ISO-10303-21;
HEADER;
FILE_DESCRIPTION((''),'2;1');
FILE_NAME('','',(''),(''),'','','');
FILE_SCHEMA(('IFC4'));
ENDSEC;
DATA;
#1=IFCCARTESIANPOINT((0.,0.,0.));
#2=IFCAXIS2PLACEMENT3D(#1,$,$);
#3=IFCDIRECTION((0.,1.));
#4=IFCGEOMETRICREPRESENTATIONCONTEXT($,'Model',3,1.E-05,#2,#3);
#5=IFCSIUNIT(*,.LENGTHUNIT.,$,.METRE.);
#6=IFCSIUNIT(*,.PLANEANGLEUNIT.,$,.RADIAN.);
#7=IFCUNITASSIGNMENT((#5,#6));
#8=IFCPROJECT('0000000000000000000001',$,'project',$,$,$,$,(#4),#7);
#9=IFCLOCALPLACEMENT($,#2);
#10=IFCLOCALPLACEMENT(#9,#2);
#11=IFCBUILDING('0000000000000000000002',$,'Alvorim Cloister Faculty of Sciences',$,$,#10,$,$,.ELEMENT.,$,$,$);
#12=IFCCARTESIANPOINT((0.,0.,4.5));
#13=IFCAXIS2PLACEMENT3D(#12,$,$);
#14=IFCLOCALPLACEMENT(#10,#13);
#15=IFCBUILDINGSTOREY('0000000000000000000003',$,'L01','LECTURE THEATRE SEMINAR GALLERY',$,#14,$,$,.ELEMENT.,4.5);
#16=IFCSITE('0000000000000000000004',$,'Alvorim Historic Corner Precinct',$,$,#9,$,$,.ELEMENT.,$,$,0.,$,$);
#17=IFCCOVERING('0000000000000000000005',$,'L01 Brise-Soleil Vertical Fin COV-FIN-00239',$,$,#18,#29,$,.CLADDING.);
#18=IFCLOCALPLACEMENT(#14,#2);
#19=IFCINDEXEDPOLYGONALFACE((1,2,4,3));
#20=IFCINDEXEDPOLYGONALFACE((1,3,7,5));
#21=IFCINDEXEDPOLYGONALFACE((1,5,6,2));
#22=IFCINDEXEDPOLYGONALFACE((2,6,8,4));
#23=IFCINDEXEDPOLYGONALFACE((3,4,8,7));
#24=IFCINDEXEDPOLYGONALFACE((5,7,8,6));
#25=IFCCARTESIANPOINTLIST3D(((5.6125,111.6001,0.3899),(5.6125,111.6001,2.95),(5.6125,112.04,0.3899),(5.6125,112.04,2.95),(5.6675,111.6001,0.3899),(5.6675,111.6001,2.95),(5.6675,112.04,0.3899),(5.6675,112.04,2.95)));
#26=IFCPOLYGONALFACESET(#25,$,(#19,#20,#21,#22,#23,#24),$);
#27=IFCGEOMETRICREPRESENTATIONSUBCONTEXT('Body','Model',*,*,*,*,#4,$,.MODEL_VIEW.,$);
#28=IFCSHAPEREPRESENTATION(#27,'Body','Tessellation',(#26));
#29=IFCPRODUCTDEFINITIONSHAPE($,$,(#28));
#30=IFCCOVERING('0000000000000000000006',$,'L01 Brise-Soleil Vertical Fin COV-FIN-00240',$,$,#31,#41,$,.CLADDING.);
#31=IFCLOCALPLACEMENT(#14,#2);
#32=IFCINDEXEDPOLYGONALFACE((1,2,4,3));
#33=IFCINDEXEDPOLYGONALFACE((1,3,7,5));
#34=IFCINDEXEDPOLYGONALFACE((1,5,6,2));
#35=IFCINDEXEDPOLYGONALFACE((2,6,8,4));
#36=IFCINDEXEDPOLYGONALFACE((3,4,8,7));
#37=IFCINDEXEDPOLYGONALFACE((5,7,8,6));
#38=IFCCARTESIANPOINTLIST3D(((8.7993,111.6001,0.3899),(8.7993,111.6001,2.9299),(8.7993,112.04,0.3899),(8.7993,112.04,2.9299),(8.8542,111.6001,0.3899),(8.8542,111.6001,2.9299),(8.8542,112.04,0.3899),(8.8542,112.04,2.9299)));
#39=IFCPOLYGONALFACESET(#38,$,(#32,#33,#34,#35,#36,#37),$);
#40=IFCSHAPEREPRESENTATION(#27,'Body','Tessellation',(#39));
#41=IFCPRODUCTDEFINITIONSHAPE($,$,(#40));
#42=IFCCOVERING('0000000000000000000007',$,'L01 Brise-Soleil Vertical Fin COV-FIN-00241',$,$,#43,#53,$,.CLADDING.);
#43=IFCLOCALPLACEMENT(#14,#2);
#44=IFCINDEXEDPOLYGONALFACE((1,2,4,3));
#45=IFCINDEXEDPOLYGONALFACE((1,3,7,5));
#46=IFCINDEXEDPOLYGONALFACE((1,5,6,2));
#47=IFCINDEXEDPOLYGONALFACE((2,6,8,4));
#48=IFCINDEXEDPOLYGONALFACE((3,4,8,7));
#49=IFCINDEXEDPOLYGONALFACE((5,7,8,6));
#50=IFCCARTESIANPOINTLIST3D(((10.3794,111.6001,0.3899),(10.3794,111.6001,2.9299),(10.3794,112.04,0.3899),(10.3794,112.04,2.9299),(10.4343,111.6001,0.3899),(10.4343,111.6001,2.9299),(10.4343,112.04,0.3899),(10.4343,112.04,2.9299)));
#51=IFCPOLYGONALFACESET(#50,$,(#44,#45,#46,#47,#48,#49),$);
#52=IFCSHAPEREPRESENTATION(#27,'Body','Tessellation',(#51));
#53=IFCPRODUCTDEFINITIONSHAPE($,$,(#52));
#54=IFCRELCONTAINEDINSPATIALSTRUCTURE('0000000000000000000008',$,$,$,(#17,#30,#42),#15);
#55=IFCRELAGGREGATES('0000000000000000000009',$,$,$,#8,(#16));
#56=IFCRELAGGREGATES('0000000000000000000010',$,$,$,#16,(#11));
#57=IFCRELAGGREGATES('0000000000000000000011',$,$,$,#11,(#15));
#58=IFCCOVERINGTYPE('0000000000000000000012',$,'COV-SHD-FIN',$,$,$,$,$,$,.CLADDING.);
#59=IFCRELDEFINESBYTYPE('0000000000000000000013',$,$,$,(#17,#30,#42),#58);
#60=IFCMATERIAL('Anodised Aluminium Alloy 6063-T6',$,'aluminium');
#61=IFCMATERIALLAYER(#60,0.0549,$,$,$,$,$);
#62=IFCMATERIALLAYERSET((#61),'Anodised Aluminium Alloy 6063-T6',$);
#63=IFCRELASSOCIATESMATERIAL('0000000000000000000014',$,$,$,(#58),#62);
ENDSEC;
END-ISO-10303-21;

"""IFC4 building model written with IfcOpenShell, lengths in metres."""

from ifc_helpers import new_model, si_unit, direction, frame, origin, place, context, subcontext, project, spatial, polyline, outline, extrude, material, layer, layer_set, type_object, element, save


model = new_model("IFC4")

# Units and contexts
model_context = context("Model", 3, precision=1e-05, world=origin(), true_north=direction((0.0, 1.0)))
body_context = subcontext(model_context, "Body", "Model", "MODEL_VIEW")
ifc_project = project(units=[si_unit("LENGTHUNIT", "METRE"), si_unit("PLANEANGLEUNIT", "RADIAN")], contexts=[model_context])

# Site, building, storey
site_placement = place(None, origin())
site = spatial("IfcSite", under=ifc_project, at=site_placement, Name="Alvorim Historic Corner Precinct", CompositionType="ELEMENT", RefElevation=0.0)
building_placement = place(site_placement, origin())
building = spatial("IfcBuilding", under=site, at=building_placement, Name="Alvorim Cloister Faculty of Sciences", CompositionType="ELEMENT")
storey_placement = place(building_placement, frame((0.0, 0.0, 4.5)))
storey = spatial("IfcBuildingStorey", under=building, at=storey_placement, Name="L01", Description="LECTURE THEATRE SEMINAR GALLERY", CompositionType="ELEMENT", Elevation=4.5)

# Coverings
ifc_material_1 = material(Name="Anodised Aluminium Alloy 6063-T6", Category="aluminium")
ifc_layer_1 = layer(ifc_material_1, 0.0549)
ifc_layer_set_1 = layer_set([ifc_layer_1], Name="Anodised Aluminium Alloy 6063-T6")
covering_type = type_object("IfcCoveringType", Name="COV-SHD-FIN", PredefinedType="CLADDING", material=ifc_layer_set_1)
for number, where, z_axis, x_axis, name in (
    (1, (5.6399, 111.6001, 0.3899), (0.0, 0.0, 1.0), (0.0, 1.0, 0.0), "L01 Brise-Soleil Vertical Fin COV-FIN-00239"),
):
    element("IfcCovering", number, at=place(storey_placement, frame(where, z_axis=z_axis, x_axis=x_axis)), inside=storey, type_object=covering_type, Name=name, PredefinedType="CLADDING", context=body_context, shape_type="SweptSolid", body=[
        extrude(outline(polyline([(0.0, 0.0), (0.4399, 0.0), (0.4399, 2.5601), (0.0, 2.5601), (0.0, 0.0)])), frame((0.0, 0.0273, 0.0), z_axis=(0.0, -1.0, 0.0), x_axis=(1.0, 0.0, 0.0)), (0.0, 0.0, 1.0), 0.0549),
    ])
for number, where, z_axis, x_axis, name in (
    (2, (8.8267, 111.6001, 0.3899), (0.0, 0.0, 1.0), (0.0, 1.0, 0.0), "L01 Brise-Soleil Vertical Fin COV-FIN-00240"),
    (3, (10.4067, 111.6001, 0.3899), (0.0, 0.0, 1.0), (0.0, 1.0, 0.0), "L01 Brise-Soleil Vertical Fin COV-FIN-00241"),
):
    element("IfcCovering", number, at=place(storey_placement, frame(where, z_axis=z_axis, x_axis=x_axis)), inside=storey, type_object=covering_type, Name=name, PredefinedType="CLADDING", context=body_context, shape_type="SweptSolid", body=[
        extrude(outline(polyline([(0.0, 0.0), (0.4399, 0.0), (0.4399, 2.54), (0.0, 2.54), (0.0, 0.0)])), frame((0.0, 0.0273, 0.0), z_axis=(0.0, -1.0, 0.0), x_axis=(1.0, 0.0, 0.0)), (0.0, 0.0, 1.0), 0.0549),
    ])

save(model, "model.ifc")
